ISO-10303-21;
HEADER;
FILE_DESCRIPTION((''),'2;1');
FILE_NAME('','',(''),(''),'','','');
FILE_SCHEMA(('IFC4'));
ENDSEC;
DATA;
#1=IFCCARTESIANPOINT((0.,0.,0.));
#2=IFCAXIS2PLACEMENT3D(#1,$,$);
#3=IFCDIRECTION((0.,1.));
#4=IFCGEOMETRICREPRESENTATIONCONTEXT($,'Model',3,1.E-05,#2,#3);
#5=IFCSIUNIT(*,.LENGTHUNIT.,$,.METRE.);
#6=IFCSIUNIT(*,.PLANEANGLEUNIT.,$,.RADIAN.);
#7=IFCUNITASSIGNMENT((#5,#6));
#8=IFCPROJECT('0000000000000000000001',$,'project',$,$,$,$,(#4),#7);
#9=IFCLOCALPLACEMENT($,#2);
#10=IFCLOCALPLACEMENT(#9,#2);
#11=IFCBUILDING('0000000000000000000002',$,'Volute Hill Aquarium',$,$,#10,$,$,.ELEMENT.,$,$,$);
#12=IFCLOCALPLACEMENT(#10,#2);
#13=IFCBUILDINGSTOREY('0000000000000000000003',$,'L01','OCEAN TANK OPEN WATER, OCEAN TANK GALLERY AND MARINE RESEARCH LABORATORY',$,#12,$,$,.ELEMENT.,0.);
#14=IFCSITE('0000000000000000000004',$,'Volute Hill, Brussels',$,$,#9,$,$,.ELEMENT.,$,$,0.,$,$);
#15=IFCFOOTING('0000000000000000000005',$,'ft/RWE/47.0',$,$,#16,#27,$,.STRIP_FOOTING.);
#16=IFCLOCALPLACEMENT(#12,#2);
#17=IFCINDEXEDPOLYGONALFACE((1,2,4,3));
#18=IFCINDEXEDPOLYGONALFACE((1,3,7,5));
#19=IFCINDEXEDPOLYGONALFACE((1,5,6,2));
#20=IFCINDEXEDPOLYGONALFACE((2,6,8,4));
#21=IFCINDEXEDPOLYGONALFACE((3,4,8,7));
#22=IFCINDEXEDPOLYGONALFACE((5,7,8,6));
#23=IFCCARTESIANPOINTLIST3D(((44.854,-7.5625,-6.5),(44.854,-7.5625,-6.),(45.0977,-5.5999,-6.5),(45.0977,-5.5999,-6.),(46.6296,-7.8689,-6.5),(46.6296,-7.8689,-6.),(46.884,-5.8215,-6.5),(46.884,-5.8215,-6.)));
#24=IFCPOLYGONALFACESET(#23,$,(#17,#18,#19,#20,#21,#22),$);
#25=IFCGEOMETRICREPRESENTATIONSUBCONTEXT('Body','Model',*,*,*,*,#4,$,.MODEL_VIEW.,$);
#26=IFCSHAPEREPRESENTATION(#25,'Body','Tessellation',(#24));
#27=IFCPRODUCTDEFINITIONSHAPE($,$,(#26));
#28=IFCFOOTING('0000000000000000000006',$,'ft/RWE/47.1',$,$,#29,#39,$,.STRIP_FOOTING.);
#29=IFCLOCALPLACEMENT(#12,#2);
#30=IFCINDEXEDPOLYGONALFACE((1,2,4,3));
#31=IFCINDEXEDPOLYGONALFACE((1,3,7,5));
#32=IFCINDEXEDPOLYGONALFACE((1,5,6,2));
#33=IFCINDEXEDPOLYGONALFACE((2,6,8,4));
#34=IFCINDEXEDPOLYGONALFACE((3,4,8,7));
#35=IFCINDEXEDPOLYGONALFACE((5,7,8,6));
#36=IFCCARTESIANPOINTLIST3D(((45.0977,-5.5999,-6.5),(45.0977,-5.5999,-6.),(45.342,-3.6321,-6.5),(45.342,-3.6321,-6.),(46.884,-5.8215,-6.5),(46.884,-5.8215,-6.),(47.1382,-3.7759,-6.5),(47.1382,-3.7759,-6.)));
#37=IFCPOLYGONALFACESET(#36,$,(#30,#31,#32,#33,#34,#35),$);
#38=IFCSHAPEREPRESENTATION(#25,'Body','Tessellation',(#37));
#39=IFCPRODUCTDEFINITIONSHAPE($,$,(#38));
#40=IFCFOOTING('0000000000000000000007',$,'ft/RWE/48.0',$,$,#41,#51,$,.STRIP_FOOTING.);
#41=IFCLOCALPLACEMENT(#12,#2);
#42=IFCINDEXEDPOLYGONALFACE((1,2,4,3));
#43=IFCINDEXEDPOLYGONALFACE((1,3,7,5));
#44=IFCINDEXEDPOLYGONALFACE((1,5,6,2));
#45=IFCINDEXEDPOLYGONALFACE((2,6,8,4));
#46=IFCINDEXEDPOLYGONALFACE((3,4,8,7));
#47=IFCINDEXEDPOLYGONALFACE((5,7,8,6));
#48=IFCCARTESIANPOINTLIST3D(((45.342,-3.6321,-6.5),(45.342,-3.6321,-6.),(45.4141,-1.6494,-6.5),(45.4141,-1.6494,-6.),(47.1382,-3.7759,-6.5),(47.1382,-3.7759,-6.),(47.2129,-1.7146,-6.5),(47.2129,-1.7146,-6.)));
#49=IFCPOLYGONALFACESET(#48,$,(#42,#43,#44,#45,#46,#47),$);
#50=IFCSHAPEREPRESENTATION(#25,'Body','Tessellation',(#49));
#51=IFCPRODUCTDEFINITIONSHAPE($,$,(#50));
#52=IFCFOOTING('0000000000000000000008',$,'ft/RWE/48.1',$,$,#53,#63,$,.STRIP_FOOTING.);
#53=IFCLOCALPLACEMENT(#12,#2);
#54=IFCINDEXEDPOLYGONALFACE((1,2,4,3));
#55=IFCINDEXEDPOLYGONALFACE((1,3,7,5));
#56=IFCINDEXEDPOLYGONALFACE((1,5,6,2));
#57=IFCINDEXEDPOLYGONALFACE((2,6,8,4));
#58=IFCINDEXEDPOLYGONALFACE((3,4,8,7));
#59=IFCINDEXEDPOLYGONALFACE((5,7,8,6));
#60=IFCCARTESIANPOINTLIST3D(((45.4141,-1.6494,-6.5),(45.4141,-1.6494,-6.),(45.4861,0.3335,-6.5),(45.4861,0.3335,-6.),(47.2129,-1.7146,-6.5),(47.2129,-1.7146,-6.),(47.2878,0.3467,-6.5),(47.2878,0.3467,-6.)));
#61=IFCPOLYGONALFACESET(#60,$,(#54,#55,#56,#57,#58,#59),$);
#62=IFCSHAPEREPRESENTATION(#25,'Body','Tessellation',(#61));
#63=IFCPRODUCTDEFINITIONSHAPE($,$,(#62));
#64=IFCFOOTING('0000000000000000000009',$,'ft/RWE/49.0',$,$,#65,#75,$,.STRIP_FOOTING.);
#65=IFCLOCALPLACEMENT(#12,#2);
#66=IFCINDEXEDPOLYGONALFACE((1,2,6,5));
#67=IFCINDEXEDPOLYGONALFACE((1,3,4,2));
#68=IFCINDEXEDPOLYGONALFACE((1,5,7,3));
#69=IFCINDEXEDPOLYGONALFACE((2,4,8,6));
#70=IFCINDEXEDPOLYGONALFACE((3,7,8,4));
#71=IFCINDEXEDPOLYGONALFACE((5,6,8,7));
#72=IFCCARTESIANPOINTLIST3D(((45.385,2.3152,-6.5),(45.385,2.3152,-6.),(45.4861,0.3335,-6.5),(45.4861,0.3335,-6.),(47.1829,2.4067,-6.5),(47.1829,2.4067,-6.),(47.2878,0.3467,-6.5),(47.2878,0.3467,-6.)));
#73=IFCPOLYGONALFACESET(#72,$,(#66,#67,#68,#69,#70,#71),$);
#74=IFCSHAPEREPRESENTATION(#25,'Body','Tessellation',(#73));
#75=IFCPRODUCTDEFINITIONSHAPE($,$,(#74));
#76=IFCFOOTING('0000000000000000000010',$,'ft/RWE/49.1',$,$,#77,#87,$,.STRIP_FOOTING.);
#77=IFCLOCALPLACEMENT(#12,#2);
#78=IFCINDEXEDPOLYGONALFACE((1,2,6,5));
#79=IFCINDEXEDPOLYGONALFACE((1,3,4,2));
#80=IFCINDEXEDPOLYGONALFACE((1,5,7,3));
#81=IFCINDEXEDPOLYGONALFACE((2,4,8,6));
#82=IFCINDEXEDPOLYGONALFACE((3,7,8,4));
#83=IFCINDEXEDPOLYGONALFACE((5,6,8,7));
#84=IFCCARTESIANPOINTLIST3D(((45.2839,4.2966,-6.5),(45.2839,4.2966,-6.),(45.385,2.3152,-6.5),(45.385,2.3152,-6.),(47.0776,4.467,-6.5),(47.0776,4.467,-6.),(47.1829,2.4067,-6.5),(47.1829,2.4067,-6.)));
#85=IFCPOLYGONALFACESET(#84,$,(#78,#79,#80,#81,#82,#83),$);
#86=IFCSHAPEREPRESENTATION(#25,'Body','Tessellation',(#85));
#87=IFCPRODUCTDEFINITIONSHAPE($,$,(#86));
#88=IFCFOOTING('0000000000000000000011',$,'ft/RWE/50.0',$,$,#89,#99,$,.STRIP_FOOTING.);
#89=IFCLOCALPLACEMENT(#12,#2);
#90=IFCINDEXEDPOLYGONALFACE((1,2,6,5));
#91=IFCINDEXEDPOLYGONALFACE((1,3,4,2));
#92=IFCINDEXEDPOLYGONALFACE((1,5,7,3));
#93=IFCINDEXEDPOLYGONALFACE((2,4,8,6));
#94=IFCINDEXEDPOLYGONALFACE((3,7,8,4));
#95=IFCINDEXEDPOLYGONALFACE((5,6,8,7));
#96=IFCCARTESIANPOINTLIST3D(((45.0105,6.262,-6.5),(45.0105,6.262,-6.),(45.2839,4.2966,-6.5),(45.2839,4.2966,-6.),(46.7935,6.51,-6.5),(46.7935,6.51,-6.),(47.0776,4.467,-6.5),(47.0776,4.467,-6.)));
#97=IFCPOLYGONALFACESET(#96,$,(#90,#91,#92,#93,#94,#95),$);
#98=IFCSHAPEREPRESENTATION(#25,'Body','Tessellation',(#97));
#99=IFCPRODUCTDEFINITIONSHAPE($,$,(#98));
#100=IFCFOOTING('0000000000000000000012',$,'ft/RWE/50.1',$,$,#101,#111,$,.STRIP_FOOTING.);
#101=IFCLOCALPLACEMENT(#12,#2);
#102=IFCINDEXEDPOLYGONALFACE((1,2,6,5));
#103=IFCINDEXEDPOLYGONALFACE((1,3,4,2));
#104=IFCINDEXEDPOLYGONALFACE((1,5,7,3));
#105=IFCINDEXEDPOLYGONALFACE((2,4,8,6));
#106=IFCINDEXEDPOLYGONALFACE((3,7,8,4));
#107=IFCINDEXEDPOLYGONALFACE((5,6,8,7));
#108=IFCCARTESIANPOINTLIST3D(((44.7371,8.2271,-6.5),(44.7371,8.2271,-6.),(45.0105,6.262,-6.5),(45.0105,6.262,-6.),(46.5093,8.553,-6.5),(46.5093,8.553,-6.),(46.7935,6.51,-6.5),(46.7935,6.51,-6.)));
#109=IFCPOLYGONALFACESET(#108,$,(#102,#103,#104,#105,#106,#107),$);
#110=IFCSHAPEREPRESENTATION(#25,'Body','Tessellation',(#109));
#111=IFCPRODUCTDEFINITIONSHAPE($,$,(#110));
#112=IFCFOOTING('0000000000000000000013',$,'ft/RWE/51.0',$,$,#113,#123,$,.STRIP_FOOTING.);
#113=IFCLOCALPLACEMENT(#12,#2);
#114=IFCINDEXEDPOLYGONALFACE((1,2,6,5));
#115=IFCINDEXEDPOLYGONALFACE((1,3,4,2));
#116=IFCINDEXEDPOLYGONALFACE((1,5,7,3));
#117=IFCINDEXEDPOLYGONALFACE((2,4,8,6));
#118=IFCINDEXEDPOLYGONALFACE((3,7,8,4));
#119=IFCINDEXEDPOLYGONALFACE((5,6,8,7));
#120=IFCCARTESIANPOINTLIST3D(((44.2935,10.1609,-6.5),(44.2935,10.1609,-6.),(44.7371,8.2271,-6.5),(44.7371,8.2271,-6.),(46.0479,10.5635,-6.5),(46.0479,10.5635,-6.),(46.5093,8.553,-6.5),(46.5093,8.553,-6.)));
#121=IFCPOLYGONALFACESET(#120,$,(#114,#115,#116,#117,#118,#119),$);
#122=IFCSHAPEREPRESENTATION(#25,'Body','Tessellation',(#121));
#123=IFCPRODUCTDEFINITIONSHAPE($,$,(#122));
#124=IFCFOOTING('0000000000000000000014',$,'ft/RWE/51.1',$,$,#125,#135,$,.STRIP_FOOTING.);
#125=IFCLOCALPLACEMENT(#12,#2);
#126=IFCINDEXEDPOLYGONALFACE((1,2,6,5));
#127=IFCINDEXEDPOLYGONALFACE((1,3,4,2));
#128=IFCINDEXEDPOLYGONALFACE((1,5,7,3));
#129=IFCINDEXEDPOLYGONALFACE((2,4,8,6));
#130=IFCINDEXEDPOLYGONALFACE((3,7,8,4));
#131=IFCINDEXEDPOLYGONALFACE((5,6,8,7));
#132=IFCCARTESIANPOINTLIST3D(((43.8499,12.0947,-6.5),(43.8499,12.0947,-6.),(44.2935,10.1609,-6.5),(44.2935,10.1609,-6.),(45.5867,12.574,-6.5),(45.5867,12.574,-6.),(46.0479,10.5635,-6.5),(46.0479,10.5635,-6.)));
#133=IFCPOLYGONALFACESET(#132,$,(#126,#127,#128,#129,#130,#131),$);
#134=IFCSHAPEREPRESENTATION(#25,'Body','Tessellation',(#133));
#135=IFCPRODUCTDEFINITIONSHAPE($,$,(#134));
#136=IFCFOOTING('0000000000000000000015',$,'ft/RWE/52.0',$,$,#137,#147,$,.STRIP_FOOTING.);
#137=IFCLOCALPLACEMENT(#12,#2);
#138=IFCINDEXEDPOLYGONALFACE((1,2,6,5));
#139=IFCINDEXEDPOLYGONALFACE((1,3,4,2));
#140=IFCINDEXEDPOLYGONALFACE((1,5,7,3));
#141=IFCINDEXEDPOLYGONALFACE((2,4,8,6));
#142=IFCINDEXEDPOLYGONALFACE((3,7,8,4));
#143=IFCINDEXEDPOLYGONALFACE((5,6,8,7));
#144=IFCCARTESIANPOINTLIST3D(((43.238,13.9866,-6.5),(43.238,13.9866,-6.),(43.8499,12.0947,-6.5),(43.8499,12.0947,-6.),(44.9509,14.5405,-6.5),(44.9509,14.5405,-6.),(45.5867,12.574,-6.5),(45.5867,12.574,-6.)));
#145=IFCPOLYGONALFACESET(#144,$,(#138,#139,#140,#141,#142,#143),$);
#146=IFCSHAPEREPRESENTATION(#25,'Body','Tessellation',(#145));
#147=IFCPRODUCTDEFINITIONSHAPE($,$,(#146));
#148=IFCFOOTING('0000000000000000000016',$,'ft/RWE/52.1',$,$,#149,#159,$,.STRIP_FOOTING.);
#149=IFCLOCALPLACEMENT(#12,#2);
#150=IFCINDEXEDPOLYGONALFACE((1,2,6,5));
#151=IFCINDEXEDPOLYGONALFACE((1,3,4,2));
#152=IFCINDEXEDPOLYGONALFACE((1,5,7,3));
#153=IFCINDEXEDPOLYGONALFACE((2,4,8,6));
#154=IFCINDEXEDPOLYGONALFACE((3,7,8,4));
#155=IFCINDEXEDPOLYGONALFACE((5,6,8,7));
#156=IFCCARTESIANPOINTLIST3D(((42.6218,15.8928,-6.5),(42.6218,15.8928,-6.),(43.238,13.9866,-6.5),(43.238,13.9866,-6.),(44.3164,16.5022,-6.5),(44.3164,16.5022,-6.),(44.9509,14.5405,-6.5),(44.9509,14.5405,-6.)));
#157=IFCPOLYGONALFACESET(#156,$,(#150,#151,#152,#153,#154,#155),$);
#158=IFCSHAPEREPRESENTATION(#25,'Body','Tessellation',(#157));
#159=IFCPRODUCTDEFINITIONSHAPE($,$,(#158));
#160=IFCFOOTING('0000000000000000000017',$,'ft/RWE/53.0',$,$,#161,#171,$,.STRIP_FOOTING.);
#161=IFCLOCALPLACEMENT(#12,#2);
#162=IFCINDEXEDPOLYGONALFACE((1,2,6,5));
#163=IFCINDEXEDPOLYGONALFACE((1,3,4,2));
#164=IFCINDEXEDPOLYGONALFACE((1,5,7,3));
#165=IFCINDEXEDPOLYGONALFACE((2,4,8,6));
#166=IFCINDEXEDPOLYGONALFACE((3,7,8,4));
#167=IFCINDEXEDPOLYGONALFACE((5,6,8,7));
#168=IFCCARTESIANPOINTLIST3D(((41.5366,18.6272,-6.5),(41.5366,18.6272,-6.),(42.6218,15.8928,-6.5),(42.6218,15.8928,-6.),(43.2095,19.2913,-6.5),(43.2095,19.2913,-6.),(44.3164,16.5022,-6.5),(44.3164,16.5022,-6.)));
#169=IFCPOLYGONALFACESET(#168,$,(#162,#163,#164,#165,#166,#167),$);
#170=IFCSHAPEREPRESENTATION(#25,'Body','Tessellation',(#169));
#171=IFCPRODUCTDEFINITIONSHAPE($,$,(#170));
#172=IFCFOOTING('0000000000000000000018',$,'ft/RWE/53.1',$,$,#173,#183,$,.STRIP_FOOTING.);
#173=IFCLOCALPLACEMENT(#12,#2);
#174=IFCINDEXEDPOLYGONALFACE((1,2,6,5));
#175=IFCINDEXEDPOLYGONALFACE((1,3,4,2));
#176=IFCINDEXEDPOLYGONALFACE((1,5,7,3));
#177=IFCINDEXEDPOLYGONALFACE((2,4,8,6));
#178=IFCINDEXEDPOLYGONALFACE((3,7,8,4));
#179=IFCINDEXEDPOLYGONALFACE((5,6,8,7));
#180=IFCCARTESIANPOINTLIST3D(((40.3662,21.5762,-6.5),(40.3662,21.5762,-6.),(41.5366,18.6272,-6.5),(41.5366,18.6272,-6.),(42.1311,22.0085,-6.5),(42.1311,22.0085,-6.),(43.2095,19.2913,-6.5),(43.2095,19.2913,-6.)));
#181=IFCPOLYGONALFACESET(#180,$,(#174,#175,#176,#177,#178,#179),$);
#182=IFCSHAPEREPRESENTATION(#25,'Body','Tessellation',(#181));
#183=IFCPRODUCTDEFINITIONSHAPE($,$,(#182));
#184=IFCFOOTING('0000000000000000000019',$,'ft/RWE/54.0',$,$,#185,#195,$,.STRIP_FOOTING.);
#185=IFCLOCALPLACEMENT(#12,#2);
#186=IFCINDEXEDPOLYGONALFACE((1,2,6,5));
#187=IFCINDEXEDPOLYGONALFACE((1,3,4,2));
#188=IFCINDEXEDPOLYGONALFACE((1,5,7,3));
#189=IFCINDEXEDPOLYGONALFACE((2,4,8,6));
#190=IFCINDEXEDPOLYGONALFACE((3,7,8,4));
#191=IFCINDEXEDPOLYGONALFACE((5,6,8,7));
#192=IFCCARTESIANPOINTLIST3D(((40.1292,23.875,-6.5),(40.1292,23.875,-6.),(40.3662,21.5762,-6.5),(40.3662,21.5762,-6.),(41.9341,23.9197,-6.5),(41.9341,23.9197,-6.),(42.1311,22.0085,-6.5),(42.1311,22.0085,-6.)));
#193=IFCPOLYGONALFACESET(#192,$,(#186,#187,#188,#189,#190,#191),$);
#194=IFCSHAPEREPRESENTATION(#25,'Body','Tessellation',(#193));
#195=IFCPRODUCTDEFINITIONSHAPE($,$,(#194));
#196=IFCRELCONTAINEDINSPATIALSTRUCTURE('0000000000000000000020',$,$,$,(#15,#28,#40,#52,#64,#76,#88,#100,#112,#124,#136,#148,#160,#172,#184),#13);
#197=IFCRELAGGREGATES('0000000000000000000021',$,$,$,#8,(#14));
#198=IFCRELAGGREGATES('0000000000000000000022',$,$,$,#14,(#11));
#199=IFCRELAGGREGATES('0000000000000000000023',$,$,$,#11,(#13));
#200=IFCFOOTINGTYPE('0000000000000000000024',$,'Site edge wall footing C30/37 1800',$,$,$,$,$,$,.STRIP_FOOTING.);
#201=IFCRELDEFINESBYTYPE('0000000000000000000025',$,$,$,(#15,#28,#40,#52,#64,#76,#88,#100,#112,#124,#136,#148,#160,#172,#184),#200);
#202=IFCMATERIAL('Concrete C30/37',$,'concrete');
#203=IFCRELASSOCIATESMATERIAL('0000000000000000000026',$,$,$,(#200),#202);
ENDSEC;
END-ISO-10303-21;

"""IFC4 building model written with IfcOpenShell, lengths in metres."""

from ifc_helpers import new_model, si_unit, direction, frame, origin, place, context, subcontext, project, spatial, polyline, outline, extrude, material, type_object, element, save


model = new_model("IFC4")

# Units and contexts
model_context = context("Model", 3, precision=1e-05, world=origin(), true_north=direction((0.0, 1.0)))
body_context = subcontext(model_context, "Body", "Model", "MODEL_VIEW")
ifc_project = project(units=[si_unit("LENGTHUNIT", "METRE"), si_unit("PLANEANGLEUNIT", "RADIAN")], contexts=[model_context])

# Site, building, storey
site_placement = place(None, origin())
site = spatial("IfcSite", under=ifc_project, at=site_placement, Name="Volute Hill, Brussels", CompositionType="ELEMENT", RefElevation=0.0)
building_placement = place(site_placement, origin())
building = spatial("IfcBuilding", under=site, at=building_placement, Name="Volute Hill Aquarium", CompositionType="ELEMENT")
storey_placement = place(building_placement, origin())
storey = spatial("IfcBuildingStorey", under=building, at=storey_placement, Name="L01", Description="OCEAN TANK OPEN WATER, OCEAN TANK GALLERY AND MARINE RESEARCH LABORATORY", CompositionType="ELEMENT", Elevation=0.0)

# Footings
ifc_material = material(Name="Concrete C30/37", Category="concrete")
footing_type = type_object("IfcFootingType", Name="Site edge wall footing C30/37 1800", PredefinedType="STRIP_FOOTING", material=ifc_material)
footing_1_placement = place(storey_placement, frame((0.0, 0.0, -6.5)))
element("IfcFooting", 1, at=footing_1_placement, inside=storey, type_object=footing_type, Name="ft/RWE/47.0", PredefinedType="STRIP_FOOTING", context=body_context, shape_type="SweptSolid", body=[
    extrude(outline(polyline([(46.6296, -7.8689), (46.884, -5.8215), (45.0977, -5.5999), (44.854, -7.5625), (44.854, -7.5625), (46.6296, -7.8689), (46.6296, -7.8689)])), origin(), (0.0, 0.0, 1.0), 0.5),
])
footing_2_placement = place(storey_placement, frame((0.0, 0.0, -6.5)))
element("IfcFooting", 2, at=footing_2_placement, inside=storey, type_object=footing_type, Name="ft/RWE/47.1", PredefinedType="STRIP_FOOTING", context=body_context, shape_type="SweptSolid", body=[
    extrude(outline(polyline([(47.1382, -3.7759), (47.1382, -3.7759), (45.342, -3.6321), (45.342, -3.6321), (45.0977, -5.5999), (46.884, -5.8215), (47.1382, -3.7759)])), origin(), (0.0, 0.0, 1.0), 0.5),
])
footing_3_placement = place(storey_placement, frame((0.0, 0.0, -6.5)))
element("IfcFooting", 3, at=footing_3_placement, inside=storey, type_object=footing_type, Name="ft/RWE/48.0", PredefinedType="STRIP_FOOTING", context=body_context, shape_type="SweptSolid", body=[
    extrude(outline(polyline([(47.1382, -3.7759), (47.2129, -1.7146), (45.4141, -1.6494), (45.342, -3.6321), (47.1382, -3.7759)])), origin(), (0.0, 0.0, 1.0), 0.5),
])
footing_4_placement = place(storey_placement, frame((0.0, 0.0, -6.5)))
element("IfcFooting", 4, at=footing_4_placement, inside=storey, type_object=footing_type, Name="ft/RWE/48.1", PredefinedType="STRIP_FOOTING", context=body_context, shape_type="SweptSolid", body=[
    extrude(outline(polyline([(47.2878, 0.3467), (47.2878, 0.3467), (45.4861, 0.3335), (45.4141, -1.6494), (47.2129, -1.7146), (47.2878, 0.3467)])), origin(), (0.0, 0.0, 1.0), 0.5),
])
footing_5_placement = place(storey_placement, frame((0.0, 0.0, -6.5)))
element("IfcFooting", 5, at=footing_5_placement, inside=storey, type_object=footing_type, Name="ft/RWE/49.0", PredefinedType="STRIP_FOOTING", context=body_context, shape_type="SweptSolid", body=[
    extrude(outline(polyline([(47.2878, 0.3467), (47.1829, 2.4067), (45.385, 2.3152), (45.4861, 0.3335), (45.4861, 0.3335), (47.2878, 0.3467)])), origin(), (0.0, 0.0, 1.0), 0.5),
])
footing_6_placement = place(storey_placement, frame((0.0, 0.0, -6.5)))
element("IfcFooting", 6, at=footing_6_placement, inside=storey, type_object=footing_type, Name="ft/RWE/49.1", PredefinedType="STRIP_FOOTING", context=body_context, shape_type="SweptSolid", body=[
    extrude(outline(polyline([(47.1829, 2.4067), (47.0776, 4.467), (45.2839, 4.2966), (45.385, 2.3152), (47.1829, 2.4067)])), origin(), (0.0, 0.0, 1.0), 0.5),
])
footing_7_placement = place(storey_placement, frame((0.0, 0.0, -6.5)))
element("IfcFooting", 7, at=footing_7_placement, inside=storey, type_object=footing_type, Name="ft/RWE/50.0", PredefinedType="STRIP_FOOTING", context=body_context, shape_type="SweptSolid", body=[
    extrude(outline(polyline([(47.0776, 4.467), (46.7935, 6.51), (45.0105, 6.262), (45.2839, 4.2966), (45.2839, 4.2966), (47.0776, 4.467), (47.0776, 4.467)])), origin(), (0.0, 0.0, 1.0), 0.5),
])
footing_8_placement = place(storey_placement, frame((0.0, 0.0, -6.5)))
element("IfcFooting", 8, at=footing_8_placement, inside=storey, type_object=footing_type, Name="ft/RWE/50.1", PredefinedType="STRIP_FOOTING", context=body_context, shape_type="SweptSolid", body=[
    extrude(outline(polyline([(46.5093, 8.553), (46.5093, 8.553), (44.7371, 8.2271), (44.7371, 8.2271), (45.0105, 6.262), (46.7935, 6.51), (46.5093, 8.553)])), origin(), (0.0, 0.0, 1.0), 0.5),
])
footing_9_placement = place(storey_placement, frame((0.0, 0.0, -6.5)))
element("IfcFooting", 9, at=footing_9_placement, inside=storey, type_object=footing_type, Name="ft/RWE/51.0", PredefinedType="STRIP_FOOTING", context=body_context, shape_type="SweptSolid", body=[
    extrude(outline(polyline([(46.5093, 8.553), (46.0479, 10.5635), (44.2935, 10.1609), (44.7371, 8.2271), (46.5093, 8.553)])), origin(), (0.0, 0.0, 1.0), 0.5),
])
footing_10_placement = place(storey_placement, frame((0.0, 0.0, -6.5)))
element("IfcFooting", 10, at=footing_10_placement, inside=storey, type_object=footing_type, Name="ft/RWE/51.1", PredefinedType="STRIP_FOOTING", context=body_context, shape_type="SweptSolid", body=[
    extrude(outline(polyline([(46.0479, 10.5635), (45.5867, 12.574), (43.8499, 12.0947), (43.8499, 12.0947), (44.2935, 10.1609), (46.0479, 10.5635)])), origin(), (0.0, 0.0, 1.0), 0.5),
])
footing_11_placement = place(storey_placement, frame((0.0, 0.0, -6.5)))
element("IfcFooting", 11, at=footing_11_placement, inside=storey, type_object=footing_type, Name="ft/RWE/52.0", PredefinedType="STRIP_FOOTING", context=body_context, shape_type="SweptSolid", body=[
    extrude(outline(polyline([(45.5867, 12.574), (44.9509, 14.5405), (43.238, 13.9866), (43.8499, 12.0947), (45.5867, 12.574), (45.5867, 12.574)])), origin(), (0.0, 0.0, 1.0), 0.5),
])
footing_12_placement = place(storey_placement, frame((0.0, 0.0, -6.5)))
element("IfcFooting", 12, at=footing_12_placement, inside=storey, type_object=footing_type, Name="ft/RWE/52.1", PredefinedType="STRIP_FOOTING", context=body_context, shape_type="SweptSolid", body=[
    extrude(outline(polyline([(44.9509, 14.5405), (44.3164, 16.5022), (42.6218, 15.8928), (43.238, 13.9866), (44.9509, 14.5405)])), origin(), (0.0, 0.0, 1.0), 0.5),
])
footing_13_placement = place(storey_placement, frame((0.0, 0.0, -6.5)))
element("IfcFooting", 13, at=footing_13_placement, inside=storey, type_object=footing_type, Name="ft/RWE/53.0", PredefinedType="STRIP_FOOTING", context=body_context, shape_type="SweptSolid", body=[
    extrude(outline(polyline([(44.3164, 16.5022), (43.2095, 19.2913), (41.5366, 18.6272), (42.6218, 15.8928), (42.6218, 15.8928), (44.3164, 16.5022), (44.3164, 16.5022)])), origin(), (0.0, 0.0, 1.0), 0.5),
])
footing_14_placement = place(storey_placement, frame((0.0, 0.0, -6.5)))
element("IfcFooting", 14, at=footing_14_placement, inside=storey, type_object=footing_type, Name="ft/RWE/53.1", PredefinedType="STRIP_FOOTING", context=body_context, shape_type="SweptSolid", body=[
    extrude(outline(polyline([(42.1311, 22.0085), (42.1311, 22.0085), (40.3662, 21.5762), (40.3662, 21.5762), (41.5366, 18.6272), (43.2095, 19.2913), (42.1311, 22.0085)])), origin(), (0.0, 0.0, 1.0), 0.5),
])
footing_15_placement = place(storey_placement, frame((0.0, 0.0, -6.5)))
element("IfcFooting", 15, at=footing_15_placement, inside=storey, type_object=footing_type, Name="ft/RWE/54.0", PredefinedType="STRIP_FOOTING", context=body_context, shape_type="SweptSolid", body=[
    extrude(outline(polyline([(42.1311, 22.0085), (41.9341, 23.9197), (40.1292, 23.875), (40.3662, 21.5762), (42.1311, 22.0085)])), origin(), (0.0, 0.0, 1.0), 0.5),
])

save(model, "model.ifc")
